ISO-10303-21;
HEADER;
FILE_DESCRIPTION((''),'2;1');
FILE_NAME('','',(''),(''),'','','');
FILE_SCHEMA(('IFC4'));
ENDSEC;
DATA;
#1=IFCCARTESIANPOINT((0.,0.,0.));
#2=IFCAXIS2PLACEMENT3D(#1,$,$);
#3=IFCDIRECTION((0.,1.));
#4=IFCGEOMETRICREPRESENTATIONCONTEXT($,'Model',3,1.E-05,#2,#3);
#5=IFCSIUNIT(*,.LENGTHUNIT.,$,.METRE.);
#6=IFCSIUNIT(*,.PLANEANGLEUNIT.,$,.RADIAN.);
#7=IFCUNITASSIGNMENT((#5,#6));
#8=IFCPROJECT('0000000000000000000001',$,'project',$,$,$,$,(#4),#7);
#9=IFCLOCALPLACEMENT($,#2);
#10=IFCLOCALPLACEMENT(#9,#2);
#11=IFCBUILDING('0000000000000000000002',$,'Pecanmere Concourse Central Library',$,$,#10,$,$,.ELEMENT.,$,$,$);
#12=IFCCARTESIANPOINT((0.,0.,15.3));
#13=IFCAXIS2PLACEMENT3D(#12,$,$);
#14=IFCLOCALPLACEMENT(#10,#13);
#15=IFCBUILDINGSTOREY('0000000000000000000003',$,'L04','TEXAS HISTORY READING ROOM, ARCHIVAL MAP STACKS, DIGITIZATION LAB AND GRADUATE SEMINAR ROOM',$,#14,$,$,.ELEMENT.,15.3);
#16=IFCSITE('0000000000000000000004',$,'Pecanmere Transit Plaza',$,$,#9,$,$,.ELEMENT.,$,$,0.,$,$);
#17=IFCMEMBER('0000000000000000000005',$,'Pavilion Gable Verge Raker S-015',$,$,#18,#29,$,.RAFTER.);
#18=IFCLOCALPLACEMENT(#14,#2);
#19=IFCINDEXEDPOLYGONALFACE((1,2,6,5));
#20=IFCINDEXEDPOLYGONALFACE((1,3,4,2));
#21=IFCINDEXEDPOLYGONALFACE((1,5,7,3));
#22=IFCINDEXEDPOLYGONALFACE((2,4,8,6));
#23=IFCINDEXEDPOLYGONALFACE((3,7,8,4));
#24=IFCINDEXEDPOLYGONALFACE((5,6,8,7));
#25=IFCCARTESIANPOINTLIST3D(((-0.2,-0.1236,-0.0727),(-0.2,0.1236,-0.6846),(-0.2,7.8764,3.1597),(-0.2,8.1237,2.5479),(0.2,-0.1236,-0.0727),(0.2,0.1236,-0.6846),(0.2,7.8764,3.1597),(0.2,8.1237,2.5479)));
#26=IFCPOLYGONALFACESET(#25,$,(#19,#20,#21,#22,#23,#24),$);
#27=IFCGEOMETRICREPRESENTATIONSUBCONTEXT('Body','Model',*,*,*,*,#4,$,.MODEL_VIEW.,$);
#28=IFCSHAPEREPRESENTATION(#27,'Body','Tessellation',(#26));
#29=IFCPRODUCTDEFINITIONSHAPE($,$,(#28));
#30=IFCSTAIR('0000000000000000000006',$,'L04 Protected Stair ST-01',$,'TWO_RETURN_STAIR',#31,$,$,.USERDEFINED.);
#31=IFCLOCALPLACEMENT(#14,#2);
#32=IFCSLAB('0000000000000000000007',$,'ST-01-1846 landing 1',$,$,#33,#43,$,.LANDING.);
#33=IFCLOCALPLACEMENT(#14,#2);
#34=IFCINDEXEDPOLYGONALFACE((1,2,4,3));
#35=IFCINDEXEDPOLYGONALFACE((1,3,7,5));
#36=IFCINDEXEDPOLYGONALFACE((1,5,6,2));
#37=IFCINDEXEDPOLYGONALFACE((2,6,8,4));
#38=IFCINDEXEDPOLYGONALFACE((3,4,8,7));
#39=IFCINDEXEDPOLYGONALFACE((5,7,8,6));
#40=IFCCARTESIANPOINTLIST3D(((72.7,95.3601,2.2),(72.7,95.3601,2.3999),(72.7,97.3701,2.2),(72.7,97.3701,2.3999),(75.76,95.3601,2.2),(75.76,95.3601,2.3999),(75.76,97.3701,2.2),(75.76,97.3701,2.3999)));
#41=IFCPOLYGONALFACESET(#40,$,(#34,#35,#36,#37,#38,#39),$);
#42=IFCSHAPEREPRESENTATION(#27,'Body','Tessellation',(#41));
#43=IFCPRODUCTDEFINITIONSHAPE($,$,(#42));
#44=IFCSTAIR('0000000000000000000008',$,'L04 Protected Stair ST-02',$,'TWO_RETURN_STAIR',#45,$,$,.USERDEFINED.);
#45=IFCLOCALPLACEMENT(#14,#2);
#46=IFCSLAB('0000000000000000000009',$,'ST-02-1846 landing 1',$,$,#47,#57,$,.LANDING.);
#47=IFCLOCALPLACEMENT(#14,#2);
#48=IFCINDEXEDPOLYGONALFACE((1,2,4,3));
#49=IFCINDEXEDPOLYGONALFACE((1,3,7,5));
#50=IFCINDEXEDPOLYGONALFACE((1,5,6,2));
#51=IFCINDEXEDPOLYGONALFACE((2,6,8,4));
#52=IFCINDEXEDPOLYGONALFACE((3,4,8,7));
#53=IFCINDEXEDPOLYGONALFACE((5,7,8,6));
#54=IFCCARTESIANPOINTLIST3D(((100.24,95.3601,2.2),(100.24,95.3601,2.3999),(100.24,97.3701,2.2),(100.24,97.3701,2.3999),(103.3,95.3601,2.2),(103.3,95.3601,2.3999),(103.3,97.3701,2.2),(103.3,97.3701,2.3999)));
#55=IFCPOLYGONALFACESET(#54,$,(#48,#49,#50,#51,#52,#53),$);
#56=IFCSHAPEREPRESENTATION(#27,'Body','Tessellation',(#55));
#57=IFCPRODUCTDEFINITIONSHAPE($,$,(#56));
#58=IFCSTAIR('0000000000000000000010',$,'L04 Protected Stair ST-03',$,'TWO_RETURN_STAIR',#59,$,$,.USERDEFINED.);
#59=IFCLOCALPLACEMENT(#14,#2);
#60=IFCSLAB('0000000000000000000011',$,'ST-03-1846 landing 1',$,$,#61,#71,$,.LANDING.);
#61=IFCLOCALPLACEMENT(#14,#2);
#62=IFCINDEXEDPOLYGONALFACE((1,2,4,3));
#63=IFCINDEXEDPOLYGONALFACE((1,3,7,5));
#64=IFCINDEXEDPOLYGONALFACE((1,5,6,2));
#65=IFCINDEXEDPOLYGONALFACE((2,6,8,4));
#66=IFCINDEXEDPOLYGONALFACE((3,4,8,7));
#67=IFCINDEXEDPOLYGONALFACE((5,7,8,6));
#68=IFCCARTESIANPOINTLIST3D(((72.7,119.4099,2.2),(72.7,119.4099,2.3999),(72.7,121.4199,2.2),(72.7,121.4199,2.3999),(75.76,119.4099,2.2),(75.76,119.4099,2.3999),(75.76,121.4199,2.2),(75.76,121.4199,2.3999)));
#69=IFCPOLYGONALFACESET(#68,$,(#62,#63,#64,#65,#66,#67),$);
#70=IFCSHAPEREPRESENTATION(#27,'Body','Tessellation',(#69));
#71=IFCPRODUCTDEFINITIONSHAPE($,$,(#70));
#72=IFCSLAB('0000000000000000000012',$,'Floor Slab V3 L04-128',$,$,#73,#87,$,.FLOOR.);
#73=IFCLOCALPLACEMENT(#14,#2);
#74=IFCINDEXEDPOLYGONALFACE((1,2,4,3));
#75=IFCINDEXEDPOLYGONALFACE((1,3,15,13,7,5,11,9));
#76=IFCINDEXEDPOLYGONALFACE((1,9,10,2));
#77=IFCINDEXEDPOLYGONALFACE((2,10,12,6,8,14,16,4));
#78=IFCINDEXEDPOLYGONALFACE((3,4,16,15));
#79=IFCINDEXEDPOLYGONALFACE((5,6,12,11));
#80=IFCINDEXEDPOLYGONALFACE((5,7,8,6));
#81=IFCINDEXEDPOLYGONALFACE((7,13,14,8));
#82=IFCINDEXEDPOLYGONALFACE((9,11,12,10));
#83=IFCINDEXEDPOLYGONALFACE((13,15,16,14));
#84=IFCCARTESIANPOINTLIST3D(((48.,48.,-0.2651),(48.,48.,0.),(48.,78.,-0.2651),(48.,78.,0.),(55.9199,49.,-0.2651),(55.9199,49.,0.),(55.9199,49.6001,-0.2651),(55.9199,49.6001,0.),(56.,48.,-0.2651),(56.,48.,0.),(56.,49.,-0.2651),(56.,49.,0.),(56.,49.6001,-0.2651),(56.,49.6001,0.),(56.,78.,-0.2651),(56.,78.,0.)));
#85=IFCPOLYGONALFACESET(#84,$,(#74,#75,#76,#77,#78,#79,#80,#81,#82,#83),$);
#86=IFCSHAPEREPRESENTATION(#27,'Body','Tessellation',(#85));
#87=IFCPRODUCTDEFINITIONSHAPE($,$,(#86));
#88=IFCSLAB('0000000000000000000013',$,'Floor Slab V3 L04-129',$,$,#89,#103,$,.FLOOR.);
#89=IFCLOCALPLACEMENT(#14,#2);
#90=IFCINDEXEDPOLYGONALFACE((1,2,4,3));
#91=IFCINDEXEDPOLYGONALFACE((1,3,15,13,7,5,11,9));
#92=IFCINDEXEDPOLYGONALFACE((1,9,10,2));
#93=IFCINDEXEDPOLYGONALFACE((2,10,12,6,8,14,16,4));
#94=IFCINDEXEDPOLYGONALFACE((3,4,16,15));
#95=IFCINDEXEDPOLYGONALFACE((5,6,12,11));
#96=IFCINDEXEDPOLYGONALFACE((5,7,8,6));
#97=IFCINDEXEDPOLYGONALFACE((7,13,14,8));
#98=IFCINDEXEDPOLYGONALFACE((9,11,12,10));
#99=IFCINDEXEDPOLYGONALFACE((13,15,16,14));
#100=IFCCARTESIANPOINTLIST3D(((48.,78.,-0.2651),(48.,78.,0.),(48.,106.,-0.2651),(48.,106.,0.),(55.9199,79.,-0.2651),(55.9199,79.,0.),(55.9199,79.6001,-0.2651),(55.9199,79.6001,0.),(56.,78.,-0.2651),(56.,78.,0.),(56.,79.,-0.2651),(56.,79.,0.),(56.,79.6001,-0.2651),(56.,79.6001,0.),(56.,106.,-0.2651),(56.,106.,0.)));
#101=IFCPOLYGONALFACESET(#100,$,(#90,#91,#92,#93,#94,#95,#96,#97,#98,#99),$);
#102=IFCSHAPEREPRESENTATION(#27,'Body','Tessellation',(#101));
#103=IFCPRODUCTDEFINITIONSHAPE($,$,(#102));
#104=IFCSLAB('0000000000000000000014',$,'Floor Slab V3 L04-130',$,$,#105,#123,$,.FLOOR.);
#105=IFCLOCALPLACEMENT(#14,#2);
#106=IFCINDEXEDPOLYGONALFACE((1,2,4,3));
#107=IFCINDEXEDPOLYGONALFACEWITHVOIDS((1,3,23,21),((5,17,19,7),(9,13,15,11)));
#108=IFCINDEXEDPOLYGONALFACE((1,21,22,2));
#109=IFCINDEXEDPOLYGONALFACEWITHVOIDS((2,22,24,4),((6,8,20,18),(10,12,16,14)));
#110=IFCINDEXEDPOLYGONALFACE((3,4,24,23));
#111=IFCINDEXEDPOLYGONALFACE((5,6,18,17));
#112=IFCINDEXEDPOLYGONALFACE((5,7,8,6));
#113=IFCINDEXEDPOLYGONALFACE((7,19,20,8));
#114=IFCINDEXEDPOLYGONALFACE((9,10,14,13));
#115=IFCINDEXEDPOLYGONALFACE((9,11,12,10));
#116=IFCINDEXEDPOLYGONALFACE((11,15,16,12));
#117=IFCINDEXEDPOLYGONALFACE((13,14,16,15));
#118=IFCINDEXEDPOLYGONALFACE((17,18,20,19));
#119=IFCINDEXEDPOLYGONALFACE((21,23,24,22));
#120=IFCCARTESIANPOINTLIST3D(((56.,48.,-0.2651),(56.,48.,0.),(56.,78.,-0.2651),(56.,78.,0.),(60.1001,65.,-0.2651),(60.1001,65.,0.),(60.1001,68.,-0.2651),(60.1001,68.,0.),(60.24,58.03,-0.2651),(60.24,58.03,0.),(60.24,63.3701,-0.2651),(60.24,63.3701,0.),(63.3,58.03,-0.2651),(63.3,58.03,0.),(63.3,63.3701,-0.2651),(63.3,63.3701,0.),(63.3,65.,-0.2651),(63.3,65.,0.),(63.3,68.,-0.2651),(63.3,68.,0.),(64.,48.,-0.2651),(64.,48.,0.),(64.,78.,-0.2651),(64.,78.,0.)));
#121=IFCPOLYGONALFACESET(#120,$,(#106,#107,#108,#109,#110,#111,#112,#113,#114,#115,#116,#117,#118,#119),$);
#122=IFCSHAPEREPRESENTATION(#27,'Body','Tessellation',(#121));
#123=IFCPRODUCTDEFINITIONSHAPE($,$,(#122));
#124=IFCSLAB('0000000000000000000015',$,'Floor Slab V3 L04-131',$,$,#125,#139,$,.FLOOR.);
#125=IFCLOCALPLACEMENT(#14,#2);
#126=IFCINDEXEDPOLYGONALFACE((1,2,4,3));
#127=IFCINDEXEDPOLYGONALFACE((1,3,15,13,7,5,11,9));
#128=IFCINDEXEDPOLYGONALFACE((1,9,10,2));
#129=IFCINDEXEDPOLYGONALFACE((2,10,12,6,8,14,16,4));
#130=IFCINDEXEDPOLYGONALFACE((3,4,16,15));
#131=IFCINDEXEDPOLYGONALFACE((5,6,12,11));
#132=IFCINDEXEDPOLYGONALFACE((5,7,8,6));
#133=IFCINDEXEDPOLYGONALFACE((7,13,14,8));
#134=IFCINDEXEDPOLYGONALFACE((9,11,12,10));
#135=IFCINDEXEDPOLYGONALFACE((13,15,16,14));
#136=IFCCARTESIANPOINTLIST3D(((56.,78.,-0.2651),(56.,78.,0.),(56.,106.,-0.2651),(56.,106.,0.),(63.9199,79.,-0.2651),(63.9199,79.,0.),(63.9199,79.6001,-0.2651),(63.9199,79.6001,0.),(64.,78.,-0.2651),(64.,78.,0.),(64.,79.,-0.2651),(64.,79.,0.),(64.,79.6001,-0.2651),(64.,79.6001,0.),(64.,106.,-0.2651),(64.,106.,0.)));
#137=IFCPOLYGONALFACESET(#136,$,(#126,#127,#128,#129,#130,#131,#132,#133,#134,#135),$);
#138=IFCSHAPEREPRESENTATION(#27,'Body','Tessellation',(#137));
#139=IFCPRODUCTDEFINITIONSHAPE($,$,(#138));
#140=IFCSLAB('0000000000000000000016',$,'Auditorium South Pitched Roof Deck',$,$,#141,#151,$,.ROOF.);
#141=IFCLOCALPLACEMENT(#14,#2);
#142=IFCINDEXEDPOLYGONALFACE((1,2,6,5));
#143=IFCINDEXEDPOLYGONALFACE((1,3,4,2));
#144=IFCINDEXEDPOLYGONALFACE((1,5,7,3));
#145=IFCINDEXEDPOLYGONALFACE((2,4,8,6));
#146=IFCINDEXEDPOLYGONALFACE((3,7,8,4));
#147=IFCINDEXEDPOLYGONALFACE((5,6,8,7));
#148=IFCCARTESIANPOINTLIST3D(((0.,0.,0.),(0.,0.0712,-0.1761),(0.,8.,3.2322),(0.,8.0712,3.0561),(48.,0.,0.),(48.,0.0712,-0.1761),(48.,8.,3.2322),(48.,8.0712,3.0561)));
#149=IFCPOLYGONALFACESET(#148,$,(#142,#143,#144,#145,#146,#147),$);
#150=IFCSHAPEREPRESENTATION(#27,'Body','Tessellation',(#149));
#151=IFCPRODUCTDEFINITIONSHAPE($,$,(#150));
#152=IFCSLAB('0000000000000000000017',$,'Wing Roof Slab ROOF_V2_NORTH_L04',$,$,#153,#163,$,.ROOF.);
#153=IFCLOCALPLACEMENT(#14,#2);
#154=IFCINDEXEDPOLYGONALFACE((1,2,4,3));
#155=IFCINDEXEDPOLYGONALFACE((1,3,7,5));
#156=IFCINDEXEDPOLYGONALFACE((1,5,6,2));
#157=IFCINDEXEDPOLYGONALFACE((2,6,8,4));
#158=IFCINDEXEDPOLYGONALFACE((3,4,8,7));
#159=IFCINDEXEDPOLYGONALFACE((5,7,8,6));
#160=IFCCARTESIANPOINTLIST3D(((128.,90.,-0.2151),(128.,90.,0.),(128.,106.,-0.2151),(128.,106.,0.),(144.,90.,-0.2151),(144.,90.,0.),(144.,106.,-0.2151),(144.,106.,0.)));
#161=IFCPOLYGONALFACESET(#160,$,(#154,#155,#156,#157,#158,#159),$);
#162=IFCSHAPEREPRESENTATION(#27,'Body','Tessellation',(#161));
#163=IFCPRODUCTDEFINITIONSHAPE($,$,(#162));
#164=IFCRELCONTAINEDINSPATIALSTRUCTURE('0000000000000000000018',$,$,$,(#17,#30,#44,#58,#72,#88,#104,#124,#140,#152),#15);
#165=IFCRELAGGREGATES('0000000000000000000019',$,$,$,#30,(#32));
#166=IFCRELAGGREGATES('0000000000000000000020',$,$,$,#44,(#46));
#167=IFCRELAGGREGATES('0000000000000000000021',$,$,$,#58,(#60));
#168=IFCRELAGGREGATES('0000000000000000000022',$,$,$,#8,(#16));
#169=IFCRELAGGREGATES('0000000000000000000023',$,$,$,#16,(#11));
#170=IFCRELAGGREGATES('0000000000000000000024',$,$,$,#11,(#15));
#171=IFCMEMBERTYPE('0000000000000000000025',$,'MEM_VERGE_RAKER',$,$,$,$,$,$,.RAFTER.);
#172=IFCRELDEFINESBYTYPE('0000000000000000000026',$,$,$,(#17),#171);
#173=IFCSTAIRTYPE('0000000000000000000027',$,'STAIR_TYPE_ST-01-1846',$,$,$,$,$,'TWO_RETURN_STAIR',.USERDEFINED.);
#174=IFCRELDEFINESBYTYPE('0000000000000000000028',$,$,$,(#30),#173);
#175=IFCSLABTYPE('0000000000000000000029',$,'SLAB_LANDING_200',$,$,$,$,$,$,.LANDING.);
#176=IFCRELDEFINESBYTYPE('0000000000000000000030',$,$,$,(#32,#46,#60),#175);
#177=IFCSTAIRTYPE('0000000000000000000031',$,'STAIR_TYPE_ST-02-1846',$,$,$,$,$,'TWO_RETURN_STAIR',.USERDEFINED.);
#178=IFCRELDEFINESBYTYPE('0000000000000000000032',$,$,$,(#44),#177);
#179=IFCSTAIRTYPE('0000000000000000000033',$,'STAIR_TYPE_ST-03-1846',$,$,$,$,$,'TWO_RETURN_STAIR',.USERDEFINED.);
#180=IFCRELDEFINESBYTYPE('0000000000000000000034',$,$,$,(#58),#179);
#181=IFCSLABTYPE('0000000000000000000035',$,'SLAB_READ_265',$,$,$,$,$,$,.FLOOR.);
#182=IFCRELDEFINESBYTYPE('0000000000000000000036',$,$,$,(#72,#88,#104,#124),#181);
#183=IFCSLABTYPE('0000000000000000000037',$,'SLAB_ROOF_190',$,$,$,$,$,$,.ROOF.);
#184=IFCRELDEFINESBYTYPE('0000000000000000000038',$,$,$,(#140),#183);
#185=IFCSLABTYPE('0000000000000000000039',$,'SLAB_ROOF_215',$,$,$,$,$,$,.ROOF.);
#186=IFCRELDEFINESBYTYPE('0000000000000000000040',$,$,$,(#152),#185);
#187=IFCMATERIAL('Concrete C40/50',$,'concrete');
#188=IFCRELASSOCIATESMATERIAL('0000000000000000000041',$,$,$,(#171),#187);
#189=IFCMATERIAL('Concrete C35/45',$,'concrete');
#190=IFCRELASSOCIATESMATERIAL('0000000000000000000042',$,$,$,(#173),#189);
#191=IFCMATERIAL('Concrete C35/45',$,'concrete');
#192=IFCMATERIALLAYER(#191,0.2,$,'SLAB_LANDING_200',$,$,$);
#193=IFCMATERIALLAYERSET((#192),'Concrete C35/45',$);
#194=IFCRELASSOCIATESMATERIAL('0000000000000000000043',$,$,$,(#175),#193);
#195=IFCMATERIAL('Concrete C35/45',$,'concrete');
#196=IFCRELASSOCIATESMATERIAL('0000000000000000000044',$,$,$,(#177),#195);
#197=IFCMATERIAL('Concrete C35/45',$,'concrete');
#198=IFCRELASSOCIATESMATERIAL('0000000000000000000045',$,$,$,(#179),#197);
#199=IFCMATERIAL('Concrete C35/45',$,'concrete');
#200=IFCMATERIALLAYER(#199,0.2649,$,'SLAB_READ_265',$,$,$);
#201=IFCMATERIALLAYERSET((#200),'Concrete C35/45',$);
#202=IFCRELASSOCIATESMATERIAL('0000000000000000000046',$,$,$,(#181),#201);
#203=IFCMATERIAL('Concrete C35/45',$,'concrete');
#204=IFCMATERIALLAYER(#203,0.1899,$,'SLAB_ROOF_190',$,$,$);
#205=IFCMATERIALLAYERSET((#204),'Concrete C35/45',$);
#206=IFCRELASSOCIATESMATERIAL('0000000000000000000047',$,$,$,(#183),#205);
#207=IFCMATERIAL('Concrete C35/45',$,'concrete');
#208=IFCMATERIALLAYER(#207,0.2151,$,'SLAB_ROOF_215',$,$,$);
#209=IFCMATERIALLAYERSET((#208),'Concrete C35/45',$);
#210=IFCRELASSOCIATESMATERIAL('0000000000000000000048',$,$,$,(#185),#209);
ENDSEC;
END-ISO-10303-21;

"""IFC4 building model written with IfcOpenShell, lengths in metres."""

from ifc_helpers import new_model, si_unit, direction, frame, origin, origin_2d, place, context, subcontext, project, spatial, polyline, rectangle, outline, extrude, material, layer, layer_set, material_profile, profile_set, type_object, element, aggregate, save


model = new_model("IFC4")

# Units and contexts
model_context = context("Model", 3, precision=1e-05, world=origin(), true_north=direction((0.0, 1.0)))
body_context = subcontext(model_context, "Body", "Model", "MODEL_VIEW")
ifc_project = project(units=[si_unit("LENGTHUNIT", "METRE"), si_unit("PLANEANGLEUNIT", "RADIAN")], contexts=[model_context])

# Site, building, storey
site_placement = place(None, origin())
site = spatial("IfcSite", under=ifc_project, at=site_placement, Name="Pecanmere Transit Plaza", CompositionType="ELEMENT", RefElevation=0.0)
building_placement = place(site_placement, origin())
building = spatial("IfcBuilding", under=site, at=building_placement, Name="Pecanmere Concourse Central Library", CompositionType="ELEMENT")
storey_placement = place(building_placement, frame((0.0, 0.0, 15.3)))
storey = spatial("IfcBuildingStorey", under=building, at=storey_placement, Name="L04", Description="TEXAS HISTORY READING ROOM, ARCHIVAL MAP STACKS, DIGITIZATION LAB AND GRADUATE SEMINAR ROOM", CompositionType="ELEMENT", Elevation=15.3)

# Member
ifc_material_1 = material(Name="Concrete C40/50", Category="concrete")
ifc_material_profile = material_profile(ifc_material_1, rectangle(XDim=0.3999, YDim=0.6599, at=origin_2d()), Name="RC 400x660")
ifc_profile_set = profile_set([ifc_material_profile], Name="Concrete C40/50")
member_type = type_object("IfcMemberType", Name="MEM_VERGE_RAKER", PredefinedType="RAFTER", material=ifc_profile_set)
member_placement = place(storey_placement, frame((0.0, 0.0, -0.3787), z_axis=(0.0, 0.927175, 0.374628), x_axis=(-1.0, 0.0, 0.0)))
element("IfcMember", 1, at=member_placement, inside=storey, type_object=member_type, Name="Pavilion Gable Verge Raker S-015", PredefinedType="RAFTER", context=body_context, shape_type="SweptSolid", body=[
    extrude(rectangle(XDim=0.3999, YDim=0.6599, at=origin_2d()), origin(), (0.0, 0.0, 1.0), 8.6284),
])

# Stairs, slabs
ifc_material_2 = material(Name="Concrete C35/45", Category="concrete")
stair_type_1 = type_object("IfcStairType", Name="STAIR_TYPE_ST-01-1846", ElementType="TWO_RETURN_STAIR", PredefinedType="USERDEFINED", material=ifc_material_2)
stair_1_placement = place(storey_placement, origin())
stair_1 = element("IfcStair", 2, at=stair_1_placement, inside=storey, type_object=stair_type_1, Name="L04 Protected Stair ST-01", ObjectType="TWO_RETURN_STAIR", PredefinedType="USERDEFINED")
ifc_material_3 = material(Name="Concrete C35/45", Category="concrete")
ifc_layer_1 = layer(ifc_material_3, 0.2, Name="SLAB_LANDING_200")
ifc_layer_set_1 = layer_set([ifc_layer_1], Name="Concrete C35/45")
slab_type_1 = type_object("IfcSlabType", Name="SLAB_LANDING_200", PredefinedType="LANDING", material=ifc_layer_set_1)
slab_1_placement = place(storey_placement, frame((0.0, 0.0, 2.2)))
slab_1 = element("IfcSlab", 3, at=slab_1_placement, type_object=slab_type_1, Name="ST-01-1846 landing 1", PredefinedType="LANDING", context=body_context, shape_type="SweptSolid", body=[
    extrude(outline(polyline([(75.76, 95.3601), (75.76, 97.3701), (72.7, 97.3701), (72.7, 95.3601), (75.76, 95.3601)])), origin(), (0.0, 0.0, 1.0), 0.2),
])
aggregate(stair_1, [slab_1])
ifc_material_4 = material(Name="Concrete C35/45", Category="concrete")
stair_type_2 = type_object("IfcStairType", Name="STAIR_TYPE_ST-02-1846", ElementType="TWO_RETURN_STAIR", PredefinedType="USERDEFINED", material=ifc_material_4)
stair_2_placement = place(storey_placement, origin())
stair_2 = element("IfcStair", 4, at=stair_2_placement, inside=storey, type_object=stair_type_2, Name="L04 Protected Stair ST-02", ObjectType="TWO_RETURN_STAIR", PredefinedType="USERDEFINED")
slab_2_placement = place(storey_placement, frame((0.0, 0.0, 2.2)))
slab_2 = element("IfcSlab", 5, at=slab_2_placement, type_object=slab_type_1, Name="ST-02-1846 landing 1", PredefinedType="LANDING", context=body_context, shape_type="SweptSolid", body=[
    extrude(outline(polyline([(103.3, 95.3601), (103.3, 97.3701), (100.24, 97.3701), (100.24, 95.3601), (103.3, 95.3601)])), origin(), (0.0, 0.0, 1.0), 0.2),
])
aggregate(stair_2, [slab_2])
ifc_material_5 = material(Name="Concrete C35/45", Category="concrete")
stair_type_3 = type_object("IfcStairType", Name="STAIR_TYPE_ST-03-1846", ElementType="TWO_RETURN_STAIR", PredefinedType="USERDEFINED", material=ifc_material_5)
stair_3_placement = place(storey_placement, origin())
stair_3 = element("IfcStair", 6, at=stair_3_placement, inside=storey, type_object=stair_type_3, Name="L04 Protected Stair ST-03", ObjectType="TWO_RETURN_STAIR", PredefinedType="USERDEFINED")
slab_3_placement = place(storey_placement, frame((0.0, 0.0, 2.2)))
slab_3 = element("IfcSlab", 7, at=slab_3_placement, type_object=slab_type_1, Name="ST-03-1846 landing 1", PredefinedType="LANDING", context=body_context, shape_type="SweptSolid", body=[
    extrude(outline(polyline([(75.76, 119.4099), (75.76, 121.4199), (72.7, 121.4199), (72.7, 119.4099), (75.76, 119.4099)])), origin(), (0.0, 0.0, 1.0), 0.2),
])
aggregate(stair_3, [slab_3])

# Slabs
ifc_material_6 = material(Name="Concrete C35/45", Category="concrete")
ifc_layer_2 = layer(ifc_material_6, 0.2649, Name="SLAB_READ_265")
ifc_layer_set_2 = layer_set([ifc_layer_2], Name="Concrete C35/45")
slab_type_2 = type_object("IfcSlabType", Name="SLAB_READ_265", PredefinedType="FLOOR", material=ifc_layer_set_2)
slab_4_placement = place(storey_placement, frame((0.0, 0.0, -0.2651)))
element("IfcSlab", 8, at=slab_4_placement, inside=storey, type_object=slab_type_2, Name="Floor Slab V3 L04-128", PredefinedType="FLOOR", context=body_context, shape_type="SweptSolid", body=[
    extrude(outline(polyline([(48.0, 78.0), (56.0, 78.0), (56.0, 49.6001), (55.9199, 49.6001), (55.9199, 49.0), (56.0, 49.0), (56.0, 48.0), (48.0, 48.0), (48.0, 78.0)])), origin(), (0.0, 0.0, 1.0), 0.2651),
])
slab_5_placement = place(storey_placement, frame((0.0, 0.0, -0.2651)))
element("IfcSlab", 9, at=slab_5_placement, inside=storey, type_object=slab_type_2, Name="Floor Slab V3 L04-129", PredefinedType="FLOOR", context=body_context, shape_type="SweptSolid", body=[
    extrude(outline(polyline([(48.0, 78.0), (48.0, 106.0), (56.0, 106.0), (56.0, 79.6001), (55.9199, 79.6001), (55.9199, 79.0), (56.0, 79.0), (56.0, 78.0), (48.0, 78.0)])), origin(), (0.0, 0.0, 1.0), 0.2651),
])
slab_6_placement = place(storey_placement, frame((0.0, 0.0, -0.2651)))
element("IfcSlab", 10, at=slab_6_placement, inside=storey, type_object=slab_type_2, Name="Floor Slab V3 L04-130", PredefinedType="FLOOR", context=body_context, shape_type="SweptSolid", body=[
    extrude(outline(polyline([(56.0, 48.0), (56.0, 78.0), (64.0, 78.0), (64.0, 48.0), (56.0, 48.0)]), holes=[polyline([(60.24, 63.3701), (60.24, 58.03), (63.3, 58.03), (63.3, 63.3701), (60.24, 63.3701)]), polyline([(63.3, 68.0), (60.1001, 68.0), (60.1001, 65.0), (63.3, 65.0), (63.3, 68.0)])]), origin(), (0.0, 0.0, 1.0), 0.2651),
])
slab_7_placement = place(storey_placement, frame((0.0, 0.0, -0.2651)))
element("IfcSlab", 11, at=slab_7_placement, inside=storey, type_object=slab_type_2, Name="Floor Slab V3 L04-131", PredefinedType="FLOOR", context=body_context, shape_type="SweptSolid", body=[
    extrude(outline(polyline([(56.0, 106.0), (64.0, 106.0), (64.0, 79.6001), (63.9199, 79.6001), (63.9199, 79.0), (64.0, 79.0), (64.0, 78.0), (56.0, 78.0), (56.0, 106.0)])), origin(), (0.0, 0.0, 1.0), 0.2651),
])
ifc_material_7 = material(Name="Concrete C35/45", Category="concrete")
ifc_layer_3 = layer(ifc_material_7, 0.1899, Name="SLAB_ROOF_190")
ifc_layer_set_3 = layer_set([ifc_layer_3], Name="Concrete C35/45")
slab_type_3 = type_object("IfcSlabType", Name="SLAB_ROOF_190", PredefinedType="ROOF", material=ifc_layer_set_3)
slab_8_placement = place(storey_placement, frame((0.0, 0.0, 0.0), z_axis=(0.0, -0.374603, 0.927185), x_axis=(1.0, 0.0, 0.0)))
element("IfcSlab", 12, at=slab_8_placement, inside=storey, type_object=slab_type_3, Name="Auditorium South Pitched Roof Deck", PredefinedType="ROOF", context=body_context, shape_type="SweptSolid", body=[
    extrude(outline(polyline([(0.0, 0.0), (48.0, 0.0), (48.0, 8.6283), (0.0, 8.6283), (0.0, 0.0)])), origin(), (0.0, 0.0, -1.0), 0.1899),
])
ifc_material_8 = material(Name="Concrete C35/45", Category="concrete")
ifc_layer_4 = layer(ifc_material_8, 0.2151, Name="SLAB_ROOF_215")
ifc_layer_set_4 = layer_set([ifc_layer_4], Name="Concrete C35/45")
slab_type_4 = type_object("IfcSlabType", Name="SLAB_ROOF_215", PredefinedType="ROOF", material=ifc_layer_set_4)
slab_9_placement = place(storey_placement, frame((0.0, 0.0, -0.2151)))
element("IfcSlab", 13, at=slab_9_placement, inside=storey, type_object=slab_type_4, Name="Wing Roof Slab ROOF_V2_NORTH_L04", PredefinedType="ROOF", context=body_context, shape_type="SweptSolid", body=[
    extrude(outline(polyline([(144.0, 90.0), (144.0, 106.0), (128.0, 106.0), (128.0, 90.0), (144.0, 90.0)])), origin(), (0.0, 0.0, 1.0), 0.2151),
])

save(model, "model.ifc")
